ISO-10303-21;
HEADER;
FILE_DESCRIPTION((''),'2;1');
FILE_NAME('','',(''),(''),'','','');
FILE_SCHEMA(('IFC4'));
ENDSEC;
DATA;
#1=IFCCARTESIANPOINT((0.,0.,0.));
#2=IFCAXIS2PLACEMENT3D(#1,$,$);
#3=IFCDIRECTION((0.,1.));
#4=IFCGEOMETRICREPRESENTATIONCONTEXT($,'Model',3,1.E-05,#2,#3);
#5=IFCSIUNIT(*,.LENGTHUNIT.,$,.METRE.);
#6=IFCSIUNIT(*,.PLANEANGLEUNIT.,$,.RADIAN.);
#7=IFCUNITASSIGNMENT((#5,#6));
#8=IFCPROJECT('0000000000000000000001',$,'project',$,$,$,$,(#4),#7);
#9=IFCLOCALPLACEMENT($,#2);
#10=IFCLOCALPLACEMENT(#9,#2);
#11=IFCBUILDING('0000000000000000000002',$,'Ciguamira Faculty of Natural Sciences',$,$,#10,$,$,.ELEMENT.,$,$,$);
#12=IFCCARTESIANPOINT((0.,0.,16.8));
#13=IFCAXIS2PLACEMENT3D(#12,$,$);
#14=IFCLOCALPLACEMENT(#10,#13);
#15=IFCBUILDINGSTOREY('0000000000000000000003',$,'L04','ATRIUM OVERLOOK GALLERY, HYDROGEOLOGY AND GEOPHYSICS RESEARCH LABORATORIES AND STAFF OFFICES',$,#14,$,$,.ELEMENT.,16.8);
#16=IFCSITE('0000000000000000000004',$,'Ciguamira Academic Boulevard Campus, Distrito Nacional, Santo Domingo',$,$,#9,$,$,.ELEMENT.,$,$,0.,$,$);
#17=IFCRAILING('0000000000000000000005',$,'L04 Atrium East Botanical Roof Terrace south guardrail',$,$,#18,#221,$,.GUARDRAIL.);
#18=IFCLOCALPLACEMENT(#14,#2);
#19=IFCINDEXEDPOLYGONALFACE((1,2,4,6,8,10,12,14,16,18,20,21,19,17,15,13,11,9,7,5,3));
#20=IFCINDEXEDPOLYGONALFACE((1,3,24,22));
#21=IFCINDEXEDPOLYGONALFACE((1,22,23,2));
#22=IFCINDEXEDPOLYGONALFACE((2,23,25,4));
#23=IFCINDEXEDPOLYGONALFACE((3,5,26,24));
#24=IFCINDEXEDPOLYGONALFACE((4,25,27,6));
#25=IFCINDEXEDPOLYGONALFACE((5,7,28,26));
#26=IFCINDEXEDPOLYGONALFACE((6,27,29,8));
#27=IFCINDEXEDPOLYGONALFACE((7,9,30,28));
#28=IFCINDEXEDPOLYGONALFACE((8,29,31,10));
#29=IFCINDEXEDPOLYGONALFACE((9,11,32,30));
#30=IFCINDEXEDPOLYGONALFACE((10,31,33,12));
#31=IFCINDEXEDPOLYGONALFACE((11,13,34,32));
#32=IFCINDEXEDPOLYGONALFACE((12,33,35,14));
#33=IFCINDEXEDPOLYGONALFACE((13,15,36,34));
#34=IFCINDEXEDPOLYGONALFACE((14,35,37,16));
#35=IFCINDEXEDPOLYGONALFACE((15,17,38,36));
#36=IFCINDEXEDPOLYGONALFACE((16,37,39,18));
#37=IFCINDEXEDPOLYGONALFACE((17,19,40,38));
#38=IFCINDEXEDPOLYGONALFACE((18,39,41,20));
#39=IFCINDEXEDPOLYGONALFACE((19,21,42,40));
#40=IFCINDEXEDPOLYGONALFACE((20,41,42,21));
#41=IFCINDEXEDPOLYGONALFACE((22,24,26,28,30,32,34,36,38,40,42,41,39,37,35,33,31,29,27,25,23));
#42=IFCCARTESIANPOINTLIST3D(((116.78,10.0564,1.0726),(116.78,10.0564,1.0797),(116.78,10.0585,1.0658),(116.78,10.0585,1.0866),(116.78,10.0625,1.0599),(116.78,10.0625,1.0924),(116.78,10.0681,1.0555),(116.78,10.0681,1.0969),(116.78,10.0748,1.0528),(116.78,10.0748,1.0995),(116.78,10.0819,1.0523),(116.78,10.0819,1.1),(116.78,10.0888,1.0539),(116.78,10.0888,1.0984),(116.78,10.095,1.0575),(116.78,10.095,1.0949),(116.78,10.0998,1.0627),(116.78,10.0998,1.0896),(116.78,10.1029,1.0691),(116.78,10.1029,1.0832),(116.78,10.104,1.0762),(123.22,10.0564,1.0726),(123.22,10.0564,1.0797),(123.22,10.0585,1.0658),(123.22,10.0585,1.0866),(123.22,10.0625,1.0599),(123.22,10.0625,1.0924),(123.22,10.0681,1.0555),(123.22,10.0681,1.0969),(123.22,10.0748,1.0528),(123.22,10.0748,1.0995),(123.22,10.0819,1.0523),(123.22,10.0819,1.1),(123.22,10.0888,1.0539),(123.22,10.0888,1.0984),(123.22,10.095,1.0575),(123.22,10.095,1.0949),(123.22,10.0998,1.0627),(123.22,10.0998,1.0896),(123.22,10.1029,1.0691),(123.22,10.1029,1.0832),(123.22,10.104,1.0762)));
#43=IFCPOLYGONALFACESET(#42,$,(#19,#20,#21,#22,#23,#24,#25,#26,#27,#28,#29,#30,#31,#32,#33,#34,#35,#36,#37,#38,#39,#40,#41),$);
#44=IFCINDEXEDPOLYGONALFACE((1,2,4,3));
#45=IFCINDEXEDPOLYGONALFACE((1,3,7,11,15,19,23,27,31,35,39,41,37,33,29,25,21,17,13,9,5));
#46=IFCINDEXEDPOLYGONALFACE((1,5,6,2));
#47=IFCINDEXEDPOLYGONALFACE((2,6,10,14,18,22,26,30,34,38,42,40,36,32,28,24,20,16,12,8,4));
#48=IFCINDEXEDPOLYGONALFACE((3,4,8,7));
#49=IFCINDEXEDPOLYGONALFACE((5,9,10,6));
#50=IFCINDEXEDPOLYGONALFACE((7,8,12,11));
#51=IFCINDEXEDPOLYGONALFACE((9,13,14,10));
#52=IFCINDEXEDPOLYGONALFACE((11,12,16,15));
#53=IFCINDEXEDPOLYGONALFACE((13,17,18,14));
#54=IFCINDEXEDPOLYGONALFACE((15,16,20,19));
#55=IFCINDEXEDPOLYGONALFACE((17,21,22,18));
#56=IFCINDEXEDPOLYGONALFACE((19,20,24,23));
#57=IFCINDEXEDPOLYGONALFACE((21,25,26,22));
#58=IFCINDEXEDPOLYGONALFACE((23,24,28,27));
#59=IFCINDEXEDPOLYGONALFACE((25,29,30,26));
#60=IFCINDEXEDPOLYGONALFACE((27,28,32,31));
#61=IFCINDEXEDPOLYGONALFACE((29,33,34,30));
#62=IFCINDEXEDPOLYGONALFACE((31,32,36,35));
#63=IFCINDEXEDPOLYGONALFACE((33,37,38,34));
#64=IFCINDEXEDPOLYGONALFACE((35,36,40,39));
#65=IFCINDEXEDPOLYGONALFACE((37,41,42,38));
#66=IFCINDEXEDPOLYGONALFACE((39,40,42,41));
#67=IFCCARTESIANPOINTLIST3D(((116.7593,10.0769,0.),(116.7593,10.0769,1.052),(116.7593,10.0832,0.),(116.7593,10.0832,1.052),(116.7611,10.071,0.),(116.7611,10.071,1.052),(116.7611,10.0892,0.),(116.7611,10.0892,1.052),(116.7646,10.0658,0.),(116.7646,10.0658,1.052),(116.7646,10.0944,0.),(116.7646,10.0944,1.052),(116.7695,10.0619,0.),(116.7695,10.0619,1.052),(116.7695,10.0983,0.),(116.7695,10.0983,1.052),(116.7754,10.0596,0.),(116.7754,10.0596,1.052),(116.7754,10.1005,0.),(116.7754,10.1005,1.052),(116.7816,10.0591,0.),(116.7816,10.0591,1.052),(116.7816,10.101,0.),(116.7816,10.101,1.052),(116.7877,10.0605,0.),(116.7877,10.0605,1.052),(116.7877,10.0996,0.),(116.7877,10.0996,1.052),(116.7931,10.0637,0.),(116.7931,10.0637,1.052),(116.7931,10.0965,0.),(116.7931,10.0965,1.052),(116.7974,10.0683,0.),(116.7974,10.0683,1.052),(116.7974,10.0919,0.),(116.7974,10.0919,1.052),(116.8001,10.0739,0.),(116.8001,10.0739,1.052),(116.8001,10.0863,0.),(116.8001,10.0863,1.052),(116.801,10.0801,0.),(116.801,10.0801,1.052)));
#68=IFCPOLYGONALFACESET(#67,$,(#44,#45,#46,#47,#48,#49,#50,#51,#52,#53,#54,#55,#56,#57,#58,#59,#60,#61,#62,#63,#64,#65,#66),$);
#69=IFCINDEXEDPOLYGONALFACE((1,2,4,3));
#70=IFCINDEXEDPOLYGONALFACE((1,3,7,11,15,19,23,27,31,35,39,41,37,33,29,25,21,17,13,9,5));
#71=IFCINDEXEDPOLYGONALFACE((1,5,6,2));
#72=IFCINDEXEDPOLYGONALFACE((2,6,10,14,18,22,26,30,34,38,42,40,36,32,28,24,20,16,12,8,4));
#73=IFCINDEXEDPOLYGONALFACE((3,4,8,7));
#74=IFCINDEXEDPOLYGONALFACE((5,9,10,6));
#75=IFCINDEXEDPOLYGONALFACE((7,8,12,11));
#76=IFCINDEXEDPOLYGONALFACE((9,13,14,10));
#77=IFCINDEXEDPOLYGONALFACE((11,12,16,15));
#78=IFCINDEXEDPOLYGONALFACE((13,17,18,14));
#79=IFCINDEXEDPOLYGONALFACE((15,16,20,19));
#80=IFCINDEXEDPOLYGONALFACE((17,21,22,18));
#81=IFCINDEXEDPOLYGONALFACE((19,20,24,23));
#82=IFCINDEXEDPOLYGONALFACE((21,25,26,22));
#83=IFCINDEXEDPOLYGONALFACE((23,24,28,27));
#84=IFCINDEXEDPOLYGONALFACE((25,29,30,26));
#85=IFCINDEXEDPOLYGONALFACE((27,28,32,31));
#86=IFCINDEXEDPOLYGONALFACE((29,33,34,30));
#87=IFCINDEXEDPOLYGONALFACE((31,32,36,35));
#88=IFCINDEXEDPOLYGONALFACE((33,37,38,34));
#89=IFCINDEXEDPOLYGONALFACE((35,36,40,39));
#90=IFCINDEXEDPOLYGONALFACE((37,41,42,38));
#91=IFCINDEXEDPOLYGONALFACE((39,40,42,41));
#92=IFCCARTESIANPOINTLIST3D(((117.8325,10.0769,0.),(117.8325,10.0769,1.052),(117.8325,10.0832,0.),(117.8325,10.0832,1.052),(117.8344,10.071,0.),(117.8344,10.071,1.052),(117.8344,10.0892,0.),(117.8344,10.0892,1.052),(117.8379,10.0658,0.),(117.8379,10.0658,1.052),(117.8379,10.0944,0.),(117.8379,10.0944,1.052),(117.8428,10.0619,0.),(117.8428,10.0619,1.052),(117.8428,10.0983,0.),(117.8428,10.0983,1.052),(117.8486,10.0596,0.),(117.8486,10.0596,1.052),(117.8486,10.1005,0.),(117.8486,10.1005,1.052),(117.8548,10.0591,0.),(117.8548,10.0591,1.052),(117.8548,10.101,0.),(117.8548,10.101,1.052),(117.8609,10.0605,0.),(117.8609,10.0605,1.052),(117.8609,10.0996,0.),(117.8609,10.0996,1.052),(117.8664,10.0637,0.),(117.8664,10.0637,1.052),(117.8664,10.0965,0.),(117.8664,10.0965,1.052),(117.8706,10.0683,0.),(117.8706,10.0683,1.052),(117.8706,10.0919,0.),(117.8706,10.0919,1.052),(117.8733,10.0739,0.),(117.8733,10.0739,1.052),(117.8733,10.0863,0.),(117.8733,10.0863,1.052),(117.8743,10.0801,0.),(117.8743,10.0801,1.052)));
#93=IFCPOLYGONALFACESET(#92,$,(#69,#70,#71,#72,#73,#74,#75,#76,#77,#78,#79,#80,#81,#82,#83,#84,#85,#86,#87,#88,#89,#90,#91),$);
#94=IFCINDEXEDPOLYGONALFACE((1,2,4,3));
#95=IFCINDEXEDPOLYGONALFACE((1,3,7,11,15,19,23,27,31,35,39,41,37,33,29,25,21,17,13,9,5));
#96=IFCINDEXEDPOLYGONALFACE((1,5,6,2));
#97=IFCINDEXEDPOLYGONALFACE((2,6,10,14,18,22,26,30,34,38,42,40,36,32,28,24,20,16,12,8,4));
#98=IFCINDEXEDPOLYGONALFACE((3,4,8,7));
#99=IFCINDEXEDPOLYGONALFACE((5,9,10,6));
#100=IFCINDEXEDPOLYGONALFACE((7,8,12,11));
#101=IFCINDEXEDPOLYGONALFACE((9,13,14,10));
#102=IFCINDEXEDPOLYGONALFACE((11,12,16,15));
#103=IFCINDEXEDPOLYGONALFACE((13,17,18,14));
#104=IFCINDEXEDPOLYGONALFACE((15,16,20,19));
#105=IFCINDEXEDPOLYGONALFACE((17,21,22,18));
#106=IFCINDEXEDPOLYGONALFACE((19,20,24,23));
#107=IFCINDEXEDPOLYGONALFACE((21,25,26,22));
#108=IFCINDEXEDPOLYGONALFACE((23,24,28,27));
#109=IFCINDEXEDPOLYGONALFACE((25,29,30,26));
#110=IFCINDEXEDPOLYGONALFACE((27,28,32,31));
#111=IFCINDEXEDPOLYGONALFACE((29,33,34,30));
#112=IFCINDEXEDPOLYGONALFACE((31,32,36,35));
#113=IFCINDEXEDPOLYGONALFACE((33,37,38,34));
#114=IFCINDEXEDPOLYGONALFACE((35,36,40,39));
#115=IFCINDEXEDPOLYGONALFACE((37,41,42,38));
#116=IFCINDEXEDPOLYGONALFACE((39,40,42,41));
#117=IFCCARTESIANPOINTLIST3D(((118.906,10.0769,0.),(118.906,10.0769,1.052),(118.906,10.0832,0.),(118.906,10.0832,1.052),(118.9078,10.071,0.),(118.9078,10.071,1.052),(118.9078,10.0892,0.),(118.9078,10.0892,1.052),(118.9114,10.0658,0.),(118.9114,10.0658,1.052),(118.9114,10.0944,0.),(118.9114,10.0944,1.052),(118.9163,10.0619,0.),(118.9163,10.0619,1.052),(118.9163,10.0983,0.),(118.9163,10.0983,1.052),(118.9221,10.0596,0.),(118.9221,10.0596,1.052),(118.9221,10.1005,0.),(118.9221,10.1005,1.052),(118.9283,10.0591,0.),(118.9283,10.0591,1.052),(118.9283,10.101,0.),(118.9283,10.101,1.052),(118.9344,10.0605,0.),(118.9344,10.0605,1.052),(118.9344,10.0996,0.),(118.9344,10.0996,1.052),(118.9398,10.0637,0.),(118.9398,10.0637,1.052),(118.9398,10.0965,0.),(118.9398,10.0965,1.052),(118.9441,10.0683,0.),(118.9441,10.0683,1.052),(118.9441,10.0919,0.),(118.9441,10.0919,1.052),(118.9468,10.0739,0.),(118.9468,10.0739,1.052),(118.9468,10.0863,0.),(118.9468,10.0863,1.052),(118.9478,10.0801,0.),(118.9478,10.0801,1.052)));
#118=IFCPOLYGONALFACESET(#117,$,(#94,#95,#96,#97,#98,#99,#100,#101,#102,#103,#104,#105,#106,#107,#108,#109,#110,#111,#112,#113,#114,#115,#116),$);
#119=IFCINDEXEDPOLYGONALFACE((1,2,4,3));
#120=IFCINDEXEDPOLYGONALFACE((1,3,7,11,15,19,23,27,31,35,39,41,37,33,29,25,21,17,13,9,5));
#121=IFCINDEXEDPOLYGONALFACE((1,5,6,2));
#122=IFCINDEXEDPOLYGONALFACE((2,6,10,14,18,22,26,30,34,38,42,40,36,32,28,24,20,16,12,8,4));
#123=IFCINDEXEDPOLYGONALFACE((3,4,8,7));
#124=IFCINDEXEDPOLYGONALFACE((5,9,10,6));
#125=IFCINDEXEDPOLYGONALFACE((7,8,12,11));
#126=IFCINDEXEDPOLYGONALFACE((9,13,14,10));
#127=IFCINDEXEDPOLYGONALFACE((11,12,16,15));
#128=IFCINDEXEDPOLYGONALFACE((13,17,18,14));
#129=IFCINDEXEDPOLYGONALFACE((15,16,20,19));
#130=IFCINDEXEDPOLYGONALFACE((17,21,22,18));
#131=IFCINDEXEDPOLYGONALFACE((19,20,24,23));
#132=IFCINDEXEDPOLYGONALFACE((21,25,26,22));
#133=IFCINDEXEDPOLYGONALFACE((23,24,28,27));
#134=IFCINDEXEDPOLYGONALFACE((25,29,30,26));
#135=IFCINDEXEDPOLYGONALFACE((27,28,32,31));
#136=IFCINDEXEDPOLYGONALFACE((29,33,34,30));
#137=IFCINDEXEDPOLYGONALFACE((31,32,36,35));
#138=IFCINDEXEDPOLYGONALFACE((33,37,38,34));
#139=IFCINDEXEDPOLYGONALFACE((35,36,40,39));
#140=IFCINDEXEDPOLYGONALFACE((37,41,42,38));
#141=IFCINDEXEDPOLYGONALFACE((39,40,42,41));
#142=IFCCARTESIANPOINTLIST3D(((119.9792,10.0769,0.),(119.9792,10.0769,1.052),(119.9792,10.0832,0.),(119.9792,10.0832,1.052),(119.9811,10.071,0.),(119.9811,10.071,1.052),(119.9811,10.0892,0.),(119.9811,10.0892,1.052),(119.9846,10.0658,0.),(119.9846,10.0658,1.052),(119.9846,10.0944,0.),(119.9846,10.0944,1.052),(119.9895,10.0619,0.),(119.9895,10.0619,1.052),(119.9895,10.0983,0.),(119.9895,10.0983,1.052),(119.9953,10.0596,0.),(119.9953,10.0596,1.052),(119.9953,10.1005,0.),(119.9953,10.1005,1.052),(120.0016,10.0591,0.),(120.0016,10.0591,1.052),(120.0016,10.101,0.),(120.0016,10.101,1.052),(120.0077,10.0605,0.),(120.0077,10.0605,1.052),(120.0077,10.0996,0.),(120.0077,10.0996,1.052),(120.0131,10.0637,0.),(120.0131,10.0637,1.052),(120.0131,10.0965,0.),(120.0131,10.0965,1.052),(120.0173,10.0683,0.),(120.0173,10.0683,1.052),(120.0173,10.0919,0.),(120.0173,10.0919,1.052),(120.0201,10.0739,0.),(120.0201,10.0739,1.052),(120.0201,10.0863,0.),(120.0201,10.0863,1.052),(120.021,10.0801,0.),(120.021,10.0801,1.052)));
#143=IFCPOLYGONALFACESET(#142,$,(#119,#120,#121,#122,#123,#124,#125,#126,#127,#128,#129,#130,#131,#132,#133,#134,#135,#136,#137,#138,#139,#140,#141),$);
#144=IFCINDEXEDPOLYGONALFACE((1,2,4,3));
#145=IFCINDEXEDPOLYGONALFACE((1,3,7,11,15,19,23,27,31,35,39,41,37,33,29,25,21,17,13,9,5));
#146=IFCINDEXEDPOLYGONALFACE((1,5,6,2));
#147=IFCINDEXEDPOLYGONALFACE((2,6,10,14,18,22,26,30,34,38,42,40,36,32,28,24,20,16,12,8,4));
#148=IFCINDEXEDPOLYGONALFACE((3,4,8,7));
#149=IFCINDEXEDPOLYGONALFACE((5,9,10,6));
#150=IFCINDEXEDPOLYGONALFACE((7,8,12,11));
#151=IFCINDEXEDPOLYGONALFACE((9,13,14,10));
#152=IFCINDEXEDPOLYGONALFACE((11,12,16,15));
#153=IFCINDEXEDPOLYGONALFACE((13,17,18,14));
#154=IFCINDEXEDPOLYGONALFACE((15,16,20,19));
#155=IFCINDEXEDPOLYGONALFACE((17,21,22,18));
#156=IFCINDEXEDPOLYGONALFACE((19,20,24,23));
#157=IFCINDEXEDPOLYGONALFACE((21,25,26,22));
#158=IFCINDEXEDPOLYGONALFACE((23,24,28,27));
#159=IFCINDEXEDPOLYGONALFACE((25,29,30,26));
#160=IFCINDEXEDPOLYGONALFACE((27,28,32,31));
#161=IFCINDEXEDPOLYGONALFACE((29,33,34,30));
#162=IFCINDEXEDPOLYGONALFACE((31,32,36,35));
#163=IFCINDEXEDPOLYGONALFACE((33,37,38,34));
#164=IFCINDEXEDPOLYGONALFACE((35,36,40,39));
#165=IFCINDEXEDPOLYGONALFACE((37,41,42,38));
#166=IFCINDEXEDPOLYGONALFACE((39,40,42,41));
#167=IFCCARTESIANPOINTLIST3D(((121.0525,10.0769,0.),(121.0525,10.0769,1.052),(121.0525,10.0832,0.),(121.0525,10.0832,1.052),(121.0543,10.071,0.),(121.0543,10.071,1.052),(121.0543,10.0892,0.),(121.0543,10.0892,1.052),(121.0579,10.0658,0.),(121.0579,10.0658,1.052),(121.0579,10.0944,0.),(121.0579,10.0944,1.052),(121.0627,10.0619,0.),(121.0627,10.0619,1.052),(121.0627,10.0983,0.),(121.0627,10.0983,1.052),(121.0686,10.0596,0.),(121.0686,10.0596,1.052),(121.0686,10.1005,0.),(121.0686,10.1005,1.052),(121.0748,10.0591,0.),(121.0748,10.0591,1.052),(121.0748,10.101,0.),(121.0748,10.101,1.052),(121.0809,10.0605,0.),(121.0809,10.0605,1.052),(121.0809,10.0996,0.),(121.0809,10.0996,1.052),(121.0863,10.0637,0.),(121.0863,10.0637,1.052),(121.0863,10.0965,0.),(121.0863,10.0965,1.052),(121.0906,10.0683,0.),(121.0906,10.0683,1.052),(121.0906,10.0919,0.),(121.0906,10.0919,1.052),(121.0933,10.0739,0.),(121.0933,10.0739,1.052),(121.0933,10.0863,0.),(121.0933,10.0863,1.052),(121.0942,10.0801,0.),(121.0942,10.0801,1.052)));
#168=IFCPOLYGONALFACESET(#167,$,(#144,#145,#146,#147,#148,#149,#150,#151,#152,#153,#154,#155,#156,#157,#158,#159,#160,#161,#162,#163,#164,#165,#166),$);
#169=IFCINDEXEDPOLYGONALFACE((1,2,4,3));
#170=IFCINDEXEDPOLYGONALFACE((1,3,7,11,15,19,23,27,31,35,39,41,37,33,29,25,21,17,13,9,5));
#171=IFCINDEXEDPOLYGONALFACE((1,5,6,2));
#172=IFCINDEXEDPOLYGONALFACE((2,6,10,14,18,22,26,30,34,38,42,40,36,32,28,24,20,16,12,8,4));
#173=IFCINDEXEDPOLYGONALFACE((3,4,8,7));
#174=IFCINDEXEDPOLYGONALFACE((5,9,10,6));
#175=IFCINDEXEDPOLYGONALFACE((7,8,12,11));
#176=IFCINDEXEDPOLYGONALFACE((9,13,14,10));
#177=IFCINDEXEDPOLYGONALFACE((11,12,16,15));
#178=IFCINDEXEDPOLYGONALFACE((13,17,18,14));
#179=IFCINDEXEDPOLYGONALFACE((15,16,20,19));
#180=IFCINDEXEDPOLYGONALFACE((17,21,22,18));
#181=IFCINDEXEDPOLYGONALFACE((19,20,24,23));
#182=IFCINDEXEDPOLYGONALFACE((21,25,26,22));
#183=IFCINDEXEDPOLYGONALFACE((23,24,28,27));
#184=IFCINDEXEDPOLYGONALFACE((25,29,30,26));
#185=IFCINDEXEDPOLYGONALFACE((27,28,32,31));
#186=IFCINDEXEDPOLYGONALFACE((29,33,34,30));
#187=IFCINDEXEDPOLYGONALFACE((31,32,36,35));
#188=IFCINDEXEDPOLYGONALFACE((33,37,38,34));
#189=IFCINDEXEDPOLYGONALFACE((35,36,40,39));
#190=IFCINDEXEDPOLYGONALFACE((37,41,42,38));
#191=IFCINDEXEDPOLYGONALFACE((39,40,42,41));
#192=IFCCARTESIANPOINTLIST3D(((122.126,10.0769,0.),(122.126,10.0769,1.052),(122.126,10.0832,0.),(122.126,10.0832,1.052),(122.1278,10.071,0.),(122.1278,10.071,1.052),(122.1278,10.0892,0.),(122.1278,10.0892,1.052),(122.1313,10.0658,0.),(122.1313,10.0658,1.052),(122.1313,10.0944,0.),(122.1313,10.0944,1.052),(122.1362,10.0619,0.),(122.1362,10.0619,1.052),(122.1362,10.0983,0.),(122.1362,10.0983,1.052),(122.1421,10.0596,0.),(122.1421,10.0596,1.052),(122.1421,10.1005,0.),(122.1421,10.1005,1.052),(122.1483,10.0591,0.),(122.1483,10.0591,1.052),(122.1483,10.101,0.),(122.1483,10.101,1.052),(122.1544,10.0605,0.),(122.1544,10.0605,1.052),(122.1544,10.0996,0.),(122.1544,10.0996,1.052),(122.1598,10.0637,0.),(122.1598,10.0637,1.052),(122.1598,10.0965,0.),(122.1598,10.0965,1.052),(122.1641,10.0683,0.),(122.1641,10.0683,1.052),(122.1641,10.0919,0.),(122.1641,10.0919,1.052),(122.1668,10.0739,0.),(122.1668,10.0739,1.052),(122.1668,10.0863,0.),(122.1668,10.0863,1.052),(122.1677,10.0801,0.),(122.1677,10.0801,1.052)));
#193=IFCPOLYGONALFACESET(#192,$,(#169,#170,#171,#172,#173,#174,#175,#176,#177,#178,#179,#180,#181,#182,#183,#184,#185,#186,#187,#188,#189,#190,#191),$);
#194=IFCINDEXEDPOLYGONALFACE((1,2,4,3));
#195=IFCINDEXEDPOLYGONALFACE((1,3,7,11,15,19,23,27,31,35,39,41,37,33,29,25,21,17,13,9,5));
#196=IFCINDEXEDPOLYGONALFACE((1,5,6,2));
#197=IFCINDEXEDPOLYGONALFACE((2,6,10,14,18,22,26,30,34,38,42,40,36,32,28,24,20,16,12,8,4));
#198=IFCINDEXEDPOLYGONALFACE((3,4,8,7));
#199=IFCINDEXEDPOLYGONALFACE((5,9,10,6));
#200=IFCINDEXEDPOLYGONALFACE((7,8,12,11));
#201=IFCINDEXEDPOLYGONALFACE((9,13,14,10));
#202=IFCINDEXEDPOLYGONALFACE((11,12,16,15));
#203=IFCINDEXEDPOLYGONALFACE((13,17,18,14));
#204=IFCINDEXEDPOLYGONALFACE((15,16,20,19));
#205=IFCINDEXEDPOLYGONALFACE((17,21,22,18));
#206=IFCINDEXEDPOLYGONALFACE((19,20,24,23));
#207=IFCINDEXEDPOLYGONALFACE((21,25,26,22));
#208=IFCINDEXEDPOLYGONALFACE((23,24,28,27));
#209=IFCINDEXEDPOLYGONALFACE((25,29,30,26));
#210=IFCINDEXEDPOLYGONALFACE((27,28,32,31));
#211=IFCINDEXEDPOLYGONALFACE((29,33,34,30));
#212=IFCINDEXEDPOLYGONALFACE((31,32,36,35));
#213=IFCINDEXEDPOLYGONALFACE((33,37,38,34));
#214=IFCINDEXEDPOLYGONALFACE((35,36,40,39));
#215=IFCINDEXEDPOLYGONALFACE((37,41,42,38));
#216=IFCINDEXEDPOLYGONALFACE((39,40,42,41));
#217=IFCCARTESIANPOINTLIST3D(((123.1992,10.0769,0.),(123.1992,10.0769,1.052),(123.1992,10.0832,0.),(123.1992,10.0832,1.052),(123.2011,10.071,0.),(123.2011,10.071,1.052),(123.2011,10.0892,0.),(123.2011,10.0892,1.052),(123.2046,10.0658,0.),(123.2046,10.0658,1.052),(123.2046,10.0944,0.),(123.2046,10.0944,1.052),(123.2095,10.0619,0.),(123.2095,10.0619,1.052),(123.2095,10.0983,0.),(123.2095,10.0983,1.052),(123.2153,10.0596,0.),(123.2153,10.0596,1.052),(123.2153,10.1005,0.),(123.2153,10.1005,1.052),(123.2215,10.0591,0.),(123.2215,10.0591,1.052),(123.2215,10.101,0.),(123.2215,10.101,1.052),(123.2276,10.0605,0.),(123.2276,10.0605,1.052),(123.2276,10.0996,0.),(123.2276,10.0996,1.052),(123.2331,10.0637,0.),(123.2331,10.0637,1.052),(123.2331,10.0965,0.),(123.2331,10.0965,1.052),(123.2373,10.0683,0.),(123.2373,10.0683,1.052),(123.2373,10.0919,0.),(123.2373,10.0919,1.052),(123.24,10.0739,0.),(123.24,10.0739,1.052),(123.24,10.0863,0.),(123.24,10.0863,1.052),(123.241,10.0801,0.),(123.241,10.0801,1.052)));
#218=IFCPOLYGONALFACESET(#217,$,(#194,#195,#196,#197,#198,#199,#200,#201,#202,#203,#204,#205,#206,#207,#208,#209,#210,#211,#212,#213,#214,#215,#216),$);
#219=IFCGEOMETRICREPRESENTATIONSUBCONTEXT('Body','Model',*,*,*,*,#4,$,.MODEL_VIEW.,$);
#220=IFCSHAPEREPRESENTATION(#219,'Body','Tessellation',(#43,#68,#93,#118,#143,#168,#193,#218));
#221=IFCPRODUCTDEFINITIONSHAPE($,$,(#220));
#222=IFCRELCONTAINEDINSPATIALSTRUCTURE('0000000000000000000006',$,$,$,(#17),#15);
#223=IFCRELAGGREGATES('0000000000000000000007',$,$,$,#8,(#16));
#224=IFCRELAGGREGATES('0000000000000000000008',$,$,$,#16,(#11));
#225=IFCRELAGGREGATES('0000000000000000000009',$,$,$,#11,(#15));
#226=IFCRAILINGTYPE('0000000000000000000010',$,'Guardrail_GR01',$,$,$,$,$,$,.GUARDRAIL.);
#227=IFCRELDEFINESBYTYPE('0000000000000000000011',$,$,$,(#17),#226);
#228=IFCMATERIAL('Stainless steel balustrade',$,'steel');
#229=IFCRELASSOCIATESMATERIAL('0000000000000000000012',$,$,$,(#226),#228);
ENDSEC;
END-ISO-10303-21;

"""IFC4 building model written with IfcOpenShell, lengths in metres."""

from ifc_helpers import new_model, si_unit, direction, frame, origin, origin_2d, place, context, subcontext, project, spatial, circle, extrude, material, type_object, element, save


model = new_model("IFC4")

# Units and contexts
model_context = context("Model", 3, precision=1e-05, world=origin(), true_north=direction((0.0, 1.0)))
body_context = subcontext(model_context, "Body", "Model", "MODEL_VIEW")
ifc_project = project(units=[si_unit("LENGTHUNIT", "METRE"), si_unit("PLANEANGLEUNIT", "RADIAN")], contexts=[model_context])

# Site, building, storey
site_placement = place(None, origin())
site = spatial("IfcSite", under=ifc_project, at=site_placement, Name="Ciguamira Academic Boulevard Campus, Distrito Nacional, Santo Domingo", CompositionType="ELEMENT", RefElevation=0.0)
building_placement = place(site_placement, origin())
building = spatial("IfcBuilding", under=site, at=building_placement, Name="Ciguamira Faculty of Natural Sciences", CompositionType="ELEMENT")
storey_placement = place(building_placement, frame((0.0, 0.0, 16.8)))
storey = spatial("IfcBuildingStorey", under=building, at=storey_placement, Name="L04", Description="ATRIUM OVERLOOK GALLERY, HYDROGEOLOGY AND GEOPHYSICS RESEARCH LABORATORIES AND STAFF OFFICES", CompositionType="ELEMENT", Elevation=16.8)

# Railing
ifc_material_1 = material(Name="Stainless steel balustrade", Category="steel")
railing_type = type_object("IfcRailingType", Name="Guardrail_GR01", PredefinedType="GUARDRAIL", material=ifc_material_1)
railing_1_placement = place(storey_placement, frame((116.78, 10.0801, 0.0)))
element("IfcRailing", 1, at=railing_1_placement, inside=storey, type_object=railing_type, Name="L04 Atrium East Botanical Roof Terrace south guardrail", PredefinedType="GUARDRAIL", context=body_context, shape_type="SweptSolid", body=[
    extrude(circle(Radius=0.0239, at=origin_2d()), frame((0.0, 0.0, 1.0762), z_axis=(1.0, 0.0, 0.0), x_axis=(0.0, 1.0, 0.0)), (0.0, 0.0, 1.0), 6.4399),
    extrude(circle(Radius=0.021, at=origin_2d()), origin(), (0.0, 0.0, 1.0), 1.052),
    extrude(circle(Radius=0.021, at=origin_2d()), frame((1.0732, 0.0, 0.0)), (0.0, 0.0, 1.0), 1.052),
    extrude(circle(Radius=0.021, at=origin_2d()), frame((2.1467, 0.0, 0.0)), (0.0, 0.0, 1.0), 1.052),
    extrude(circle(Radius=0.021, at=origin_2d()), frame((3.22, 0.0, 0.0)), (0.0, 0.0, 1.0), 1.052),
    extrude(circle(Radius=0.021, at=origin_2d()), frame((4.2932, 0.0, 0.0)), (0.0, 0.0, 1.0), 1.052),
    extrude(circle(Radius=0.021, at=origin_2d()), frame((5.3667, 0.0, 0.0)), (0.0, 0.0, 1.0), 1.052),
    extrude(circle(Radius=0.021, at=origin_2d()), frame((6.4399, 0.0, 0.0)), (0.0, 0.0, 1.0), 1.052),
])

save(model, "model.ifc")
